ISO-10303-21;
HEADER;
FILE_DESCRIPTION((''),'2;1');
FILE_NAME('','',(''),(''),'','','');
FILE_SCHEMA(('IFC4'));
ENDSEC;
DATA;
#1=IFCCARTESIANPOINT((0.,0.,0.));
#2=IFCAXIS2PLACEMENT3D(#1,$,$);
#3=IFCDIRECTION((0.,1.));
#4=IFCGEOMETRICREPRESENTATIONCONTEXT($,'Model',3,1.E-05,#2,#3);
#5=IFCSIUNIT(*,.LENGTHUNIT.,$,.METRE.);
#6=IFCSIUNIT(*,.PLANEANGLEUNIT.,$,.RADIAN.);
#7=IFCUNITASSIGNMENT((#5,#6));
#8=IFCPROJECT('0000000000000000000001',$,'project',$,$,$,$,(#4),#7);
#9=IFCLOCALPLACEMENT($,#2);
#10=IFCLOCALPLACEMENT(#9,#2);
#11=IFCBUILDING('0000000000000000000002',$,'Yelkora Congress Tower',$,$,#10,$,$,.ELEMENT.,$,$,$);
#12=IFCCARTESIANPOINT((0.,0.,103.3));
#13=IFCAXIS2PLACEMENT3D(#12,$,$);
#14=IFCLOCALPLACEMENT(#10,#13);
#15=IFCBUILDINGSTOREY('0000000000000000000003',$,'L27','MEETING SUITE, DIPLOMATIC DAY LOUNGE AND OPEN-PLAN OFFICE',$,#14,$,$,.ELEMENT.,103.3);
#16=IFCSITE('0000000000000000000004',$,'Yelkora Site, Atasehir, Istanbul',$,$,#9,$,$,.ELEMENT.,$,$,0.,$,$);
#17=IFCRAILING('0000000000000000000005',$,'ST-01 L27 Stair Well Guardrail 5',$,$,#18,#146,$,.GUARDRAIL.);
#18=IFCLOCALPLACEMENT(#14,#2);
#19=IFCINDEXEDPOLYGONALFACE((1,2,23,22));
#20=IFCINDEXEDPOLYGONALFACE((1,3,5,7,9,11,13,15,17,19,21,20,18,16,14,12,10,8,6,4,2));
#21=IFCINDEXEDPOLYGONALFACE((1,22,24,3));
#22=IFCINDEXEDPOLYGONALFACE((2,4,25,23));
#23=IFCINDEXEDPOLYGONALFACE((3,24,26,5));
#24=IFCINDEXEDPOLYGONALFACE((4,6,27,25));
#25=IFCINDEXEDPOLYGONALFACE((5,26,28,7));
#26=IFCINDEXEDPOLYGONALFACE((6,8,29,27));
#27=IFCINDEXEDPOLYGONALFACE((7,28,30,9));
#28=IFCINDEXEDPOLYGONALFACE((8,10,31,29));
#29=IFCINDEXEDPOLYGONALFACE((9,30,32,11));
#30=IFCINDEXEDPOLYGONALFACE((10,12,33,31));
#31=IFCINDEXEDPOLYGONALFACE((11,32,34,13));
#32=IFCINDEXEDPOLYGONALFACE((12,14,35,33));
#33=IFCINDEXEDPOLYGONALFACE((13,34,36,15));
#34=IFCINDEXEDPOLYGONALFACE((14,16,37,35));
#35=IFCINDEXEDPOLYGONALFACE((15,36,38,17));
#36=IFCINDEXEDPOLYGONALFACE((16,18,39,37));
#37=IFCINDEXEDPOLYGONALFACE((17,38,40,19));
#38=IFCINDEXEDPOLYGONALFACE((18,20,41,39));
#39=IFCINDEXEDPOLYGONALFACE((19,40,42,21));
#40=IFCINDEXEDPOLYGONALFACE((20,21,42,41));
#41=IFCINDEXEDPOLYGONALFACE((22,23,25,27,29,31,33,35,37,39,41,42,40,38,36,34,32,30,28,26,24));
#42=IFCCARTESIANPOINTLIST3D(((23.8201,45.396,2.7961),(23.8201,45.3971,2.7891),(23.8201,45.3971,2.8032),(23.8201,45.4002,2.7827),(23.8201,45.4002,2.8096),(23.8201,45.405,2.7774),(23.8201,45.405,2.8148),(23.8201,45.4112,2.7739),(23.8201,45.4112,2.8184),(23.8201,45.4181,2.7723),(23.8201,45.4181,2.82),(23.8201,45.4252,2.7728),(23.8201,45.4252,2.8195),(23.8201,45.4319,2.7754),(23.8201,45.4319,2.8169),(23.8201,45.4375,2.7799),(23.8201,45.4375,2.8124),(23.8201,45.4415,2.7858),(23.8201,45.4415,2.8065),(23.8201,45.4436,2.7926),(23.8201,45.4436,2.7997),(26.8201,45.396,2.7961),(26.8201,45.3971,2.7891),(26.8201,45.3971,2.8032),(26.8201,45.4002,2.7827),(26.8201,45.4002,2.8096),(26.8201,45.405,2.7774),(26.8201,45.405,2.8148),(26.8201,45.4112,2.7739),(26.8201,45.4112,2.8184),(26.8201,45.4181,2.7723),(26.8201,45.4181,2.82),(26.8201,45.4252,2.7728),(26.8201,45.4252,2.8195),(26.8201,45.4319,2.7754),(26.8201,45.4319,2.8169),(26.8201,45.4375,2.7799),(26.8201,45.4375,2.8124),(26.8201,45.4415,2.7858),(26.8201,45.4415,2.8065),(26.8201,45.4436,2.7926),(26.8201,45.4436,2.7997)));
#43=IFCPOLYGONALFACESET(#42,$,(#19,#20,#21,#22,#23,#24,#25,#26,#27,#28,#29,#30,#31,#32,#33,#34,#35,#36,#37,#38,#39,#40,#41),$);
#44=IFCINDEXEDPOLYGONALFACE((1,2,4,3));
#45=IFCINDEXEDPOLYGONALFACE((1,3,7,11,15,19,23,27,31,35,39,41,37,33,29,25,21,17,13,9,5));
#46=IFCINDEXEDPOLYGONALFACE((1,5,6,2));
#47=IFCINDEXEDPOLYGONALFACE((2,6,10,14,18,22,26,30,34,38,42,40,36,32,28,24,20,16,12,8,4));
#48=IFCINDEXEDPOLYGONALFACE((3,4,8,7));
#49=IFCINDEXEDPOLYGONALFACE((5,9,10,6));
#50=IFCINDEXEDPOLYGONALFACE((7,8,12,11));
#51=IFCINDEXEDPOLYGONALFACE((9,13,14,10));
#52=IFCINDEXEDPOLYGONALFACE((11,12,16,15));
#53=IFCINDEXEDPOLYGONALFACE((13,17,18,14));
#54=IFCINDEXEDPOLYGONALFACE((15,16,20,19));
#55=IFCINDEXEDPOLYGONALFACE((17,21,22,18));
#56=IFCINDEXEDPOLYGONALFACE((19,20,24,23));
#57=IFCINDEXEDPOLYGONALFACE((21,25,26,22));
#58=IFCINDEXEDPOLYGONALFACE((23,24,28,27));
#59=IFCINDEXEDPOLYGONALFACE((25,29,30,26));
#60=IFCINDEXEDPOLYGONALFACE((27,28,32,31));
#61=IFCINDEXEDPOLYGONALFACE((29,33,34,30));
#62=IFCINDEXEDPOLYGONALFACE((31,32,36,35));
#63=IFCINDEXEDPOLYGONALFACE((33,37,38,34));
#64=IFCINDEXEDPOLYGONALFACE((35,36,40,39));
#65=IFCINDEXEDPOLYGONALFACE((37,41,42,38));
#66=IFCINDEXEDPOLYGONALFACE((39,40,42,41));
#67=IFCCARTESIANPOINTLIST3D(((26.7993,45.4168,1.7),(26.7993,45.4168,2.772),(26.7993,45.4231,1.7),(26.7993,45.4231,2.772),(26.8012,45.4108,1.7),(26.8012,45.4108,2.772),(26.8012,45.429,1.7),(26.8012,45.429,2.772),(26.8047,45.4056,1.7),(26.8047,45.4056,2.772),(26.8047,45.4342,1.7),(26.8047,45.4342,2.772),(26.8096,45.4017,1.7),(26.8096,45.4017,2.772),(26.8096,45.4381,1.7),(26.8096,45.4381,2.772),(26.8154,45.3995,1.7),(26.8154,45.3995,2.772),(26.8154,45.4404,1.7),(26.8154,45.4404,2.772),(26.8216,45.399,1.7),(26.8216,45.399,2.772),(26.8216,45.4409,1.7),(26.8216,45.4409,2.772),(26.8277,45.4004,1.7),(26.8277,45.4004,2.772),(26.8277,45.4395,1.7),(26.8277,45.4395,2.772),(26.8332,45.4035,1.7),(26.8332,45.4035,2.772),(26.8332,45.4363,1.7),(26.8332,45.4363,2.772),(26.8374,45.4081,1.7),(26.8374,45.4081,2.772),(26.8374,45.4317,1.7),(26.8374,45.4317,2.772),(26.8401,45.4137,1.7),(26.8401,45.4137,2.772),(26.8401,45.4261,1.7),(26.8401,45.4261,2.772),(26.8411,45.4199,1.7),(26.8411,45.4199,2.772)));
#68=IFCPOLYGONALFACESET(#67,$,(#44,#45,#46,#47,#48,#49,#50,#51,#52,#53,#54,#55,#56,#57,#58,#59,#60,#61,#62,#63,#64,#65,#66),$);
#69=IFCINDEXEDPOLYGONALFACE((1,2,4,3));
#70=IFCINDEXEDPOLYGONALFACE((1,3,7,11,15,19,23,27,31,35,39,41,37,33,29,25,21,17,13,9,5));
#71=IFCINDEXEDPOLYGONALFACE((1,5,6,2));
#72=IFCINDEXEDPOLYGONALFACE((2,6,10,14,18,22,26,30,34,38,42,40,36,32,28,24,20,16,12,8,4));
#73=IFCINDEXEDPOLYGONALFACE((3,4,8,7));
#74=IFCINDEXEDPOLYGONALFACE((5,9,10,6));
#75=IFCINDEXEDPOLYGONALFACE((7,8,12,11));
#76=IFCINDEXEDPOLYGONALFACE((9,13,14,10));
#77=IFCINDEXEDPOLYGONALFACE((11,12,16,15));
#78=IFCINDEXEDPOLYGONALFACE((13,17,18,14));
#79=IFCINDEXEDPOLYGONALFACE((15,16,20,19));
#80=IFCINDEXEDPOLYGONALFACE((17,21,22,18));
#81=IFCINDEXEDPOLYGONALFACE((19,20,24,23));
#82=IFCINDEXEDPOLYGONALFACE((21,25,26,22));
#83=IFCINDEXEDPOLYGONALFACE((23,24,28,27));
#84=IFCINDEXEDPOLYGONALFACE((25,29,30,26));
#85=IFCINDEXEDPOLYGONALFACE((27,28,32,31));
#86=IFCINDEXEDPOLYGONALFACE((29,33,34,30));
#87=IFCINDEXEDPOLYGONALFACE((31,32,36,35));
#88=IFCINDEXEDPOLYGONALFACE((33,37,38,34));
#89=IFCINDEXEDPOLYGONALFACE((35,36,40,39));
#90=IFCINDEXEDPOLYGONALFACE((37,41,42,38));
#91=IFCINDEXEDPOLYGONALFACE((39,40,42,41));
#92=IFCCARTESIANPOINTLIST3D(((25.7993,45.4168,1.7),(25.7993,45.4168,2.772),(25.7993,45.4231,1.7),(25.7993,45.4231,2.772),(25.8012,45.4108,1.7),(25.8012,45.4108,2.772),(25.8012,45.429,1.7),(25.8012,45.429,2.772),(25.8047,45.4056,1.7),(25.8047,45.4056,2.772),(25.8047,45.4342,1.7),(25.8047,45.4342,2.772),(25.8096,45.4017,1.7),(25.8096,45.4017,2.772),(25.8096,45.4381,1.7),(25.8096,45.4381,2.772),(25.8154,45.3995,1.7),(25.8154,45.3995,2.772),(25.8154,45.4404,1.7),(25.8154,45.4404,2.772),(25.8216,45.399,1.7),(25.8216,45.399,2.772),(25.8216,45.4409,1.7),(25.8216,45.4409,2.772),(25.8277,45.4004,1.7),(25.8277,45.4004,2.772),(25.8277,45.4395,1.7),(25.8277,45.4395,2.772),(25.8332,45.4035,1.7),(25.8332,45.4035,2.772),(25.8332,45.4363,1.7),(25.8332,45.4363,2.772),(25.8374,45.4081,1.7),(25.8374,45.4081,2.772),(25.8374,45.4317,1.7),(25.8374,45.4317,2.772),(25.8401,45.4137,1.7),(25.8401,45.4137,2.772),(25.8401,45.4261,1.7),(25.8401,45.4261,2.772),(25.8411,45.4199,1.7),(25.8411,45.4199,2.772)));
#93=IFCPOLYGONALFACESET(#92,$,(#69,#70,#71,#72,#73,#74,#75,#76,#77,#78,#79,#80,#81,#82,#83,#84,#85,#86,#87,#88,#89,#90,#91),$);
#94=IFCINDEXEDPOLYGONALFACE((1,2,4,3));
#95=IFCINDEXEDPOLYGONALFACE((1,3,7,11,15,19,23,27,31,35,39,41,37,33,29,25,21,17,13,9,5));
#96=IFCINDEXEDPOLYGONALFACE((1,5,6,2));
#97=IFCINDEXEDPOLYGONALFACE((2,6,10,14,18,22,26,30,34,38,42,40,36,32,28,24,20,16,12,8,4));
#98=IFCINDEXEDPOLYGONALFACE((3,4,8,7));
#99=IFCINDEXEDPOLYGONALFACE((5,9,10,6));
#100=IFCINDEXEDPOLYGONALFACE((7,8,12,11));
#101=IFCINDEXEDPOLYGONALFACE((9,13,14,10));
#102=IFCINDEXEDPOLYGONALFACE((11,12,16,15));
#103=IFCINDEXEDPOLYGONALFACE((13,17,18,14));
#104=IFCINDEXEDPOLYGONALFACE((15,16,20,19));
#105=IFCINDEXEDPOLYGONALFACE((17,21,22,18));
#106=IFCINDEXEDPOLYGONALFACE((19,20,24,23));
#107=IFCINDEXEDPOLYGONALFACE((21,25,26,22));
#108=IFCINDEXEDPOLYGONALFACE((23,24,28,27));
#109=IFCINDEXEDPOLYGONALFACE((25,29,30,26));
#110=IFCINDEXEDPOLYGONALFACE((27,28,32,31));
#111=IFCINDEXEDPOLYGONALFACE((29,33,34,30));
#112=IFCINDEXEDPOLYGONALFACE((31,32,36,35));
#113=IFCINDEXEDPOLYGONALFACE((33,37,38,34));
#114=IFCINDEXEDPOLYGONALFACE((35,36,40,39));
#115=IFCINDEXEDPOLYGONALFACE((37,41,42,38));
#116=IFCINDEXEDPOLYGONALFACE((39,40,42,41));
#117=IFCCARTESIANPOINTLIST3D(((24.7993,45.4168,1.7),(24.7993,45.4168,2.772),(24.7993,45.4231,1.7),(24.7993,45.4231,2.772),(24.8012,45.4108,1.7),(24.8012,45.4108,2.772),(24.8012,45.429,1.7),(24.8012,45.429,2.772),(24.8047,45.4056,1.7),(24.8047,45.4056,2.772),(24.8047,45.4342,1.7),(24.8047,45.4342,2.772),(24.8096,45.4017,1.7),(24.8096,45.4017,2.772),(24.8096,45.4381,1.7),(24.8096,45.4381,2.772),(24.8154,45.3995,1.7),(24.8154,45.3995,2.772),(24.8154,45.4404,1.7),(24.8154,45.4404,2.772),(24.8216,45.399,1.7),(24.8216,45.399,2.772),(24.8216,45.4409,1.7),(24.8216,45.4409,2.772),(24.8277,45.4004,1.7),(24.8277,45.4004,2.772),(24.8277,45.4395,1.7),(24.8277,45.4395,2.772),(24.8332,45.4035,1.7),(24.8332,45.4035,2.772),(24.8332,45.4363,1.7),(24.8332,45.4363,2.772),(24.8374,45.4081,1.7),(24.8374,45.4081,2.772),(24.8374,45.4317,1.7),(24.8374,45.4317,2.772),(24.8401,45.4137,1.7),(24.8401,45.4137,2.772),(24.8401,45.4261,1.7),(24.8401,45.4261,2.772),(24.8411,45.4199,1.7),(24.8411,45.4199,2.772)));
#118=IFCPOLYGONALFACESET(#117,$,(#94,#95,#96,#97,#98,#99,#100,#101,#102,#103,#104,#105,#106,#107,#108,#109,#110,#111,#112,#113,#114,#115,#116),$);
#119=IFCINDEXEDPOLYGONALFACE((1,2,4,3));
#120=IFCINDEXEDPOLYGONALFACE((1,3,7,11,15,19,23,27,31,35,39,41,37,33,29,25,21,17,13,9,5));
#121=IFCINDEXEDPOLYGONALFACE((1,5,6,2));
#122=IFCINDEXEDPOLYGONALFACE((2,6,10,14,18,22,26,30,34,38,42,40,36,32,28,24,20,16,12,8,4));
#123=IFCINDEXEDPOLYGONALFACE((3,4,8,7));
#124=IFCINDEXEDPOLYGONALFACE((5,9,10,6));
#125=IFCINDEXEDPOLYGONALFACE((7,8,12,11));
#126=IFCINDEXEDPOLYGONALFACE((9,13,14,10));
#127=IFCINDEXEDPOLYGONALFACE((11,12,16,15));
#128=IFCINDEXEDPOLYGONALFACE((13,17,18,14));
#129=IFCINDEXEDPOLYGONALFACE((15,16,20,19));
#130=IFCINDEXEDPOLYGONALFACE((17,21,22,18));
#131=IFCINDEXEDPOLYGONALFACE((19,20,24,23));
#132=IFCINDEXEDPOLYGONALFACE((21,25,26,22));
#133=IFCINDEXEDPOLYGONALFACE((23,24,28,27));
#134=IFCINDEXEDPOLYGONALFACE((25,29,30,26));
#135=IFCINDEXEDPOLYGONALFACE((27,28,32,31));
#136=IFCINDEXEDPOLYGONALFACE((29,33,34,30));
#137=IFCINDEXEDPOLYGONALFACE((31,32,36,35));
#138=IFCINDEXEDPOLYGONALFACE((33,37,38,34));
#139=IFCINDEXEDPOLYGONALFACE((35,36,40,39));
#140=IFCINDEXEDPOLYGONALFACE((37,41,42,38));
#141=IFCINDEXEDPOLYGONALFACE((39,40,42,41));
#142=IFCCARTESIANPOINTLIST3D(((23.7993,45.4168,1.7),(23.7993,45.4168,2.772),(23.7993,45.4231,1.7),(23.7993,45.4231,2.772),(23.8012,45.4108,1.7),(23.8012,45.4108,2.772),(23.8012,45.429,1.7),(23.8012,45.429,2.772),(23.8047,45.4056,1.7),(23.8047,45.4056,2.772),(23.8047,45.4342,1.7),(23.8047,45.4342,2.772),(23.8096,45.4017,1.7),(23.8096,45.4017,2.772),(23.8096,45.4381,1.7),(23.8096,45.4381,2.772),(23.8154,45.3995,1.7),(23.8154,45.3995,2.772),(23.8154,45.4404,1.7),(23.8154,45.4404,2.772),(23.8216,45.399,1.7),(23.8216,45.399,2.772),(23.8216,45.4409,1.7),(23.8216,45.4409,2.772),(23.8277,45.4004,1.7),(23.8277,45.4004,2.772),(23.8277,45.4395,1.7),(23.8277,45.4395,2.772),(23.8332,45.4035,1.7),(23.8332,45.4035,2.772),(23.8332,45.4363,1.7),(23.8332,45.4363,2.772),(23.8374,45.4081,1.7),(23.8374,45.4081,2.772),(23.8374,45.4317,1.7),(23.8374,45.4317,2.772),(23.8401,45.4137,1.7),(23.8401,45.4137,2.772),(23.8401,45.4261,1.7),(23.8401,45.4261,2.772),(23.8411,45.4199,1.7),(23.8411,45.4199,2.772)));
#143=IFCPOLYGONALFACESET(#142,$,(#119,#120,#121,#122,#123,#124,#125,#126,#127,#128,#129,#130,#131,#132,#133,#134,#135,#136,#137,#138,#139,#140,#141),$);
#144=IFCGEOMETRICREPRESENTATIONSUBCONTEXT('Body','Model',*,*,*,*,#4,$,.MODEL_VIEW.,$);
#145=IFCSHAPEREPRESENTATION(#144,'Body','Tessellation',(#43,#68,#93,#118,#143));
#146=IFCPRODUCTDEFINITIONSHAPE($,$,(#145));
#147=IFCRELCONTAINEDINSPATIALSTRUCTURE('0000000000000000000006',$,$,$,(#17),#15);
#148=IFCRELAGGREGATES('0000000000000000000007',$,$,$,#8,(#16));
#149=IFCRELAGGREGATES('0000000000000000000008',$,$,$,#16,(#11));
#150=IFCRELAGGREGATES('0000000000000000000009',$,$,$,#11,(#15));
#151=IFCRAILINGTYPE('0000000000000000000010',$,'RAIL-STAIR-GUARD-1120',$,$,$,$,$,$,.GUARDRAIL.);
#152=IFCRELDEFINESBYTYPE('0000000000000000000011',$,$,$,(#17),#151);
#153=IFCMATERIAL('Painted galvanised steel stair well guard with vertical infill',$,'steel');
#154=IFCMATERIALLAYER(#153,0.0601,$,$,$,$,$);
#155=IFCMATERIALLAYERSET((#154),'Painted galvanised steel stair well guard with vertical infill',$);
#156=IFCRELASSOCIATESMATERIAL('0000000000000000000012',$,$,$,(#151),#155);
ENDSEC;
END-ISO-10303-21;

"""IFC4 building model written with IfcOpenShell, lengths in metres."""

from ifc_helpers import new_model, si_unit, direction, frame, origin, origin_2d, place, context, subcontext, project, spatial, circle, extrude, material, layer, layer_set, type_object, element, save


model = new_model("IFC4")

# Units and contexts
model_context = context("Model", 3, precision=1e-05, world=origin(), true_north=direction((0.0, 1.0)))
body_context = subcontext(model_context, "Body", "Model", "MODEL_VIEW")
ifc_project = project(units=[si_unit("LENGTHUNIT", "METRE"), si_unit("PLANEANGLEUNIT", "RADIAN")], contexts=[model_context])

# Site, building, storey
site_placement = place(None, origin())
site = spatial("IfcSite", under=ifc_project, at=site_placement, Name="Yelkora Site, Atasehir, Istanbul", CompositionType="ELEMENT", RefElevation=0.0)
building_placement = place(site_placement, origin())
building = spatial("IfcBuilding", under=site, at=building_placement, Name="Yelkora Congress Tower", CompositionType="ELEMENT")
storey_placement = place(building_placement, frame((0.0, 0.0, 103.3)))
storey = spatial("IfcBuildingStorey", under=building, at=storey_placement, Name="L27", Description="MEETING SUITE, DIPLOMATIC DAY LOUNGE AND OPEN-PLAN OFFICE", CompositionType="ELEMENT", Elevation=103.3)

# Railing
ifc_material_1 = material(Name="Painted galvanised steel stair well guard with vertical infill", Category="steel")
ifc_layer_1 = layer(ifc_material_1, 0.0601)
ifc_layer_set_1 = layer_set([ifc_layer_1], Name="Painted galvanised steel stair well guard with vertical infill")
railing_type_1 = type_object("IfcRailingType", Name="RAIL-STAIR-GUARD-1120", PredefinedType="GUARDRAIL", material=ifc_layer_set_1)
railing_1_placement = place(storey_placement, frame((26.8201, 45.4199, 1.7)))
element("IfcRailing", 1, at=railing_1_placement, inside=storey, type_object=railing_type_1, Name="ST-01 L27 Stair Well Guardrail 5", PredefinedType="GUARDRAIL", context=body_context, shape_type="SweptSolid", body=[
    extrude(circle(Radius=0.0239, at=origin_2d()), frame((0.0, 0.0, 1.0962), z_axis=(-1.0, 0.0, 0.0), x_axis=(0.0, -1.0, 0.0)), (0.0, 0.0, 1.0), 3.0),
    extrude(circle(Radius=0.021, at=origin_2d()), origin(), (0.0, 0.0, 1.0), 1.072),
    extrude(circle(Radius=0.021, at=origin_2d()), frame((-1.0, 0.0, 0.0)), (0.0, 0.0, 1.0), 1.072),
    extrude(circle(Radius=0.021, at=origin_2d()), frame((-2.0, 0.0, 0.0)), (0.0, 0.0, 1.0), 1.072),
    extrude(circle(Radius=0.021, at=origin_2d()), frame((-3.0, 0.0, 0.0)), (0.0, 0.0, 1.0), 1.072),
])

save(model, "model.ifc")
